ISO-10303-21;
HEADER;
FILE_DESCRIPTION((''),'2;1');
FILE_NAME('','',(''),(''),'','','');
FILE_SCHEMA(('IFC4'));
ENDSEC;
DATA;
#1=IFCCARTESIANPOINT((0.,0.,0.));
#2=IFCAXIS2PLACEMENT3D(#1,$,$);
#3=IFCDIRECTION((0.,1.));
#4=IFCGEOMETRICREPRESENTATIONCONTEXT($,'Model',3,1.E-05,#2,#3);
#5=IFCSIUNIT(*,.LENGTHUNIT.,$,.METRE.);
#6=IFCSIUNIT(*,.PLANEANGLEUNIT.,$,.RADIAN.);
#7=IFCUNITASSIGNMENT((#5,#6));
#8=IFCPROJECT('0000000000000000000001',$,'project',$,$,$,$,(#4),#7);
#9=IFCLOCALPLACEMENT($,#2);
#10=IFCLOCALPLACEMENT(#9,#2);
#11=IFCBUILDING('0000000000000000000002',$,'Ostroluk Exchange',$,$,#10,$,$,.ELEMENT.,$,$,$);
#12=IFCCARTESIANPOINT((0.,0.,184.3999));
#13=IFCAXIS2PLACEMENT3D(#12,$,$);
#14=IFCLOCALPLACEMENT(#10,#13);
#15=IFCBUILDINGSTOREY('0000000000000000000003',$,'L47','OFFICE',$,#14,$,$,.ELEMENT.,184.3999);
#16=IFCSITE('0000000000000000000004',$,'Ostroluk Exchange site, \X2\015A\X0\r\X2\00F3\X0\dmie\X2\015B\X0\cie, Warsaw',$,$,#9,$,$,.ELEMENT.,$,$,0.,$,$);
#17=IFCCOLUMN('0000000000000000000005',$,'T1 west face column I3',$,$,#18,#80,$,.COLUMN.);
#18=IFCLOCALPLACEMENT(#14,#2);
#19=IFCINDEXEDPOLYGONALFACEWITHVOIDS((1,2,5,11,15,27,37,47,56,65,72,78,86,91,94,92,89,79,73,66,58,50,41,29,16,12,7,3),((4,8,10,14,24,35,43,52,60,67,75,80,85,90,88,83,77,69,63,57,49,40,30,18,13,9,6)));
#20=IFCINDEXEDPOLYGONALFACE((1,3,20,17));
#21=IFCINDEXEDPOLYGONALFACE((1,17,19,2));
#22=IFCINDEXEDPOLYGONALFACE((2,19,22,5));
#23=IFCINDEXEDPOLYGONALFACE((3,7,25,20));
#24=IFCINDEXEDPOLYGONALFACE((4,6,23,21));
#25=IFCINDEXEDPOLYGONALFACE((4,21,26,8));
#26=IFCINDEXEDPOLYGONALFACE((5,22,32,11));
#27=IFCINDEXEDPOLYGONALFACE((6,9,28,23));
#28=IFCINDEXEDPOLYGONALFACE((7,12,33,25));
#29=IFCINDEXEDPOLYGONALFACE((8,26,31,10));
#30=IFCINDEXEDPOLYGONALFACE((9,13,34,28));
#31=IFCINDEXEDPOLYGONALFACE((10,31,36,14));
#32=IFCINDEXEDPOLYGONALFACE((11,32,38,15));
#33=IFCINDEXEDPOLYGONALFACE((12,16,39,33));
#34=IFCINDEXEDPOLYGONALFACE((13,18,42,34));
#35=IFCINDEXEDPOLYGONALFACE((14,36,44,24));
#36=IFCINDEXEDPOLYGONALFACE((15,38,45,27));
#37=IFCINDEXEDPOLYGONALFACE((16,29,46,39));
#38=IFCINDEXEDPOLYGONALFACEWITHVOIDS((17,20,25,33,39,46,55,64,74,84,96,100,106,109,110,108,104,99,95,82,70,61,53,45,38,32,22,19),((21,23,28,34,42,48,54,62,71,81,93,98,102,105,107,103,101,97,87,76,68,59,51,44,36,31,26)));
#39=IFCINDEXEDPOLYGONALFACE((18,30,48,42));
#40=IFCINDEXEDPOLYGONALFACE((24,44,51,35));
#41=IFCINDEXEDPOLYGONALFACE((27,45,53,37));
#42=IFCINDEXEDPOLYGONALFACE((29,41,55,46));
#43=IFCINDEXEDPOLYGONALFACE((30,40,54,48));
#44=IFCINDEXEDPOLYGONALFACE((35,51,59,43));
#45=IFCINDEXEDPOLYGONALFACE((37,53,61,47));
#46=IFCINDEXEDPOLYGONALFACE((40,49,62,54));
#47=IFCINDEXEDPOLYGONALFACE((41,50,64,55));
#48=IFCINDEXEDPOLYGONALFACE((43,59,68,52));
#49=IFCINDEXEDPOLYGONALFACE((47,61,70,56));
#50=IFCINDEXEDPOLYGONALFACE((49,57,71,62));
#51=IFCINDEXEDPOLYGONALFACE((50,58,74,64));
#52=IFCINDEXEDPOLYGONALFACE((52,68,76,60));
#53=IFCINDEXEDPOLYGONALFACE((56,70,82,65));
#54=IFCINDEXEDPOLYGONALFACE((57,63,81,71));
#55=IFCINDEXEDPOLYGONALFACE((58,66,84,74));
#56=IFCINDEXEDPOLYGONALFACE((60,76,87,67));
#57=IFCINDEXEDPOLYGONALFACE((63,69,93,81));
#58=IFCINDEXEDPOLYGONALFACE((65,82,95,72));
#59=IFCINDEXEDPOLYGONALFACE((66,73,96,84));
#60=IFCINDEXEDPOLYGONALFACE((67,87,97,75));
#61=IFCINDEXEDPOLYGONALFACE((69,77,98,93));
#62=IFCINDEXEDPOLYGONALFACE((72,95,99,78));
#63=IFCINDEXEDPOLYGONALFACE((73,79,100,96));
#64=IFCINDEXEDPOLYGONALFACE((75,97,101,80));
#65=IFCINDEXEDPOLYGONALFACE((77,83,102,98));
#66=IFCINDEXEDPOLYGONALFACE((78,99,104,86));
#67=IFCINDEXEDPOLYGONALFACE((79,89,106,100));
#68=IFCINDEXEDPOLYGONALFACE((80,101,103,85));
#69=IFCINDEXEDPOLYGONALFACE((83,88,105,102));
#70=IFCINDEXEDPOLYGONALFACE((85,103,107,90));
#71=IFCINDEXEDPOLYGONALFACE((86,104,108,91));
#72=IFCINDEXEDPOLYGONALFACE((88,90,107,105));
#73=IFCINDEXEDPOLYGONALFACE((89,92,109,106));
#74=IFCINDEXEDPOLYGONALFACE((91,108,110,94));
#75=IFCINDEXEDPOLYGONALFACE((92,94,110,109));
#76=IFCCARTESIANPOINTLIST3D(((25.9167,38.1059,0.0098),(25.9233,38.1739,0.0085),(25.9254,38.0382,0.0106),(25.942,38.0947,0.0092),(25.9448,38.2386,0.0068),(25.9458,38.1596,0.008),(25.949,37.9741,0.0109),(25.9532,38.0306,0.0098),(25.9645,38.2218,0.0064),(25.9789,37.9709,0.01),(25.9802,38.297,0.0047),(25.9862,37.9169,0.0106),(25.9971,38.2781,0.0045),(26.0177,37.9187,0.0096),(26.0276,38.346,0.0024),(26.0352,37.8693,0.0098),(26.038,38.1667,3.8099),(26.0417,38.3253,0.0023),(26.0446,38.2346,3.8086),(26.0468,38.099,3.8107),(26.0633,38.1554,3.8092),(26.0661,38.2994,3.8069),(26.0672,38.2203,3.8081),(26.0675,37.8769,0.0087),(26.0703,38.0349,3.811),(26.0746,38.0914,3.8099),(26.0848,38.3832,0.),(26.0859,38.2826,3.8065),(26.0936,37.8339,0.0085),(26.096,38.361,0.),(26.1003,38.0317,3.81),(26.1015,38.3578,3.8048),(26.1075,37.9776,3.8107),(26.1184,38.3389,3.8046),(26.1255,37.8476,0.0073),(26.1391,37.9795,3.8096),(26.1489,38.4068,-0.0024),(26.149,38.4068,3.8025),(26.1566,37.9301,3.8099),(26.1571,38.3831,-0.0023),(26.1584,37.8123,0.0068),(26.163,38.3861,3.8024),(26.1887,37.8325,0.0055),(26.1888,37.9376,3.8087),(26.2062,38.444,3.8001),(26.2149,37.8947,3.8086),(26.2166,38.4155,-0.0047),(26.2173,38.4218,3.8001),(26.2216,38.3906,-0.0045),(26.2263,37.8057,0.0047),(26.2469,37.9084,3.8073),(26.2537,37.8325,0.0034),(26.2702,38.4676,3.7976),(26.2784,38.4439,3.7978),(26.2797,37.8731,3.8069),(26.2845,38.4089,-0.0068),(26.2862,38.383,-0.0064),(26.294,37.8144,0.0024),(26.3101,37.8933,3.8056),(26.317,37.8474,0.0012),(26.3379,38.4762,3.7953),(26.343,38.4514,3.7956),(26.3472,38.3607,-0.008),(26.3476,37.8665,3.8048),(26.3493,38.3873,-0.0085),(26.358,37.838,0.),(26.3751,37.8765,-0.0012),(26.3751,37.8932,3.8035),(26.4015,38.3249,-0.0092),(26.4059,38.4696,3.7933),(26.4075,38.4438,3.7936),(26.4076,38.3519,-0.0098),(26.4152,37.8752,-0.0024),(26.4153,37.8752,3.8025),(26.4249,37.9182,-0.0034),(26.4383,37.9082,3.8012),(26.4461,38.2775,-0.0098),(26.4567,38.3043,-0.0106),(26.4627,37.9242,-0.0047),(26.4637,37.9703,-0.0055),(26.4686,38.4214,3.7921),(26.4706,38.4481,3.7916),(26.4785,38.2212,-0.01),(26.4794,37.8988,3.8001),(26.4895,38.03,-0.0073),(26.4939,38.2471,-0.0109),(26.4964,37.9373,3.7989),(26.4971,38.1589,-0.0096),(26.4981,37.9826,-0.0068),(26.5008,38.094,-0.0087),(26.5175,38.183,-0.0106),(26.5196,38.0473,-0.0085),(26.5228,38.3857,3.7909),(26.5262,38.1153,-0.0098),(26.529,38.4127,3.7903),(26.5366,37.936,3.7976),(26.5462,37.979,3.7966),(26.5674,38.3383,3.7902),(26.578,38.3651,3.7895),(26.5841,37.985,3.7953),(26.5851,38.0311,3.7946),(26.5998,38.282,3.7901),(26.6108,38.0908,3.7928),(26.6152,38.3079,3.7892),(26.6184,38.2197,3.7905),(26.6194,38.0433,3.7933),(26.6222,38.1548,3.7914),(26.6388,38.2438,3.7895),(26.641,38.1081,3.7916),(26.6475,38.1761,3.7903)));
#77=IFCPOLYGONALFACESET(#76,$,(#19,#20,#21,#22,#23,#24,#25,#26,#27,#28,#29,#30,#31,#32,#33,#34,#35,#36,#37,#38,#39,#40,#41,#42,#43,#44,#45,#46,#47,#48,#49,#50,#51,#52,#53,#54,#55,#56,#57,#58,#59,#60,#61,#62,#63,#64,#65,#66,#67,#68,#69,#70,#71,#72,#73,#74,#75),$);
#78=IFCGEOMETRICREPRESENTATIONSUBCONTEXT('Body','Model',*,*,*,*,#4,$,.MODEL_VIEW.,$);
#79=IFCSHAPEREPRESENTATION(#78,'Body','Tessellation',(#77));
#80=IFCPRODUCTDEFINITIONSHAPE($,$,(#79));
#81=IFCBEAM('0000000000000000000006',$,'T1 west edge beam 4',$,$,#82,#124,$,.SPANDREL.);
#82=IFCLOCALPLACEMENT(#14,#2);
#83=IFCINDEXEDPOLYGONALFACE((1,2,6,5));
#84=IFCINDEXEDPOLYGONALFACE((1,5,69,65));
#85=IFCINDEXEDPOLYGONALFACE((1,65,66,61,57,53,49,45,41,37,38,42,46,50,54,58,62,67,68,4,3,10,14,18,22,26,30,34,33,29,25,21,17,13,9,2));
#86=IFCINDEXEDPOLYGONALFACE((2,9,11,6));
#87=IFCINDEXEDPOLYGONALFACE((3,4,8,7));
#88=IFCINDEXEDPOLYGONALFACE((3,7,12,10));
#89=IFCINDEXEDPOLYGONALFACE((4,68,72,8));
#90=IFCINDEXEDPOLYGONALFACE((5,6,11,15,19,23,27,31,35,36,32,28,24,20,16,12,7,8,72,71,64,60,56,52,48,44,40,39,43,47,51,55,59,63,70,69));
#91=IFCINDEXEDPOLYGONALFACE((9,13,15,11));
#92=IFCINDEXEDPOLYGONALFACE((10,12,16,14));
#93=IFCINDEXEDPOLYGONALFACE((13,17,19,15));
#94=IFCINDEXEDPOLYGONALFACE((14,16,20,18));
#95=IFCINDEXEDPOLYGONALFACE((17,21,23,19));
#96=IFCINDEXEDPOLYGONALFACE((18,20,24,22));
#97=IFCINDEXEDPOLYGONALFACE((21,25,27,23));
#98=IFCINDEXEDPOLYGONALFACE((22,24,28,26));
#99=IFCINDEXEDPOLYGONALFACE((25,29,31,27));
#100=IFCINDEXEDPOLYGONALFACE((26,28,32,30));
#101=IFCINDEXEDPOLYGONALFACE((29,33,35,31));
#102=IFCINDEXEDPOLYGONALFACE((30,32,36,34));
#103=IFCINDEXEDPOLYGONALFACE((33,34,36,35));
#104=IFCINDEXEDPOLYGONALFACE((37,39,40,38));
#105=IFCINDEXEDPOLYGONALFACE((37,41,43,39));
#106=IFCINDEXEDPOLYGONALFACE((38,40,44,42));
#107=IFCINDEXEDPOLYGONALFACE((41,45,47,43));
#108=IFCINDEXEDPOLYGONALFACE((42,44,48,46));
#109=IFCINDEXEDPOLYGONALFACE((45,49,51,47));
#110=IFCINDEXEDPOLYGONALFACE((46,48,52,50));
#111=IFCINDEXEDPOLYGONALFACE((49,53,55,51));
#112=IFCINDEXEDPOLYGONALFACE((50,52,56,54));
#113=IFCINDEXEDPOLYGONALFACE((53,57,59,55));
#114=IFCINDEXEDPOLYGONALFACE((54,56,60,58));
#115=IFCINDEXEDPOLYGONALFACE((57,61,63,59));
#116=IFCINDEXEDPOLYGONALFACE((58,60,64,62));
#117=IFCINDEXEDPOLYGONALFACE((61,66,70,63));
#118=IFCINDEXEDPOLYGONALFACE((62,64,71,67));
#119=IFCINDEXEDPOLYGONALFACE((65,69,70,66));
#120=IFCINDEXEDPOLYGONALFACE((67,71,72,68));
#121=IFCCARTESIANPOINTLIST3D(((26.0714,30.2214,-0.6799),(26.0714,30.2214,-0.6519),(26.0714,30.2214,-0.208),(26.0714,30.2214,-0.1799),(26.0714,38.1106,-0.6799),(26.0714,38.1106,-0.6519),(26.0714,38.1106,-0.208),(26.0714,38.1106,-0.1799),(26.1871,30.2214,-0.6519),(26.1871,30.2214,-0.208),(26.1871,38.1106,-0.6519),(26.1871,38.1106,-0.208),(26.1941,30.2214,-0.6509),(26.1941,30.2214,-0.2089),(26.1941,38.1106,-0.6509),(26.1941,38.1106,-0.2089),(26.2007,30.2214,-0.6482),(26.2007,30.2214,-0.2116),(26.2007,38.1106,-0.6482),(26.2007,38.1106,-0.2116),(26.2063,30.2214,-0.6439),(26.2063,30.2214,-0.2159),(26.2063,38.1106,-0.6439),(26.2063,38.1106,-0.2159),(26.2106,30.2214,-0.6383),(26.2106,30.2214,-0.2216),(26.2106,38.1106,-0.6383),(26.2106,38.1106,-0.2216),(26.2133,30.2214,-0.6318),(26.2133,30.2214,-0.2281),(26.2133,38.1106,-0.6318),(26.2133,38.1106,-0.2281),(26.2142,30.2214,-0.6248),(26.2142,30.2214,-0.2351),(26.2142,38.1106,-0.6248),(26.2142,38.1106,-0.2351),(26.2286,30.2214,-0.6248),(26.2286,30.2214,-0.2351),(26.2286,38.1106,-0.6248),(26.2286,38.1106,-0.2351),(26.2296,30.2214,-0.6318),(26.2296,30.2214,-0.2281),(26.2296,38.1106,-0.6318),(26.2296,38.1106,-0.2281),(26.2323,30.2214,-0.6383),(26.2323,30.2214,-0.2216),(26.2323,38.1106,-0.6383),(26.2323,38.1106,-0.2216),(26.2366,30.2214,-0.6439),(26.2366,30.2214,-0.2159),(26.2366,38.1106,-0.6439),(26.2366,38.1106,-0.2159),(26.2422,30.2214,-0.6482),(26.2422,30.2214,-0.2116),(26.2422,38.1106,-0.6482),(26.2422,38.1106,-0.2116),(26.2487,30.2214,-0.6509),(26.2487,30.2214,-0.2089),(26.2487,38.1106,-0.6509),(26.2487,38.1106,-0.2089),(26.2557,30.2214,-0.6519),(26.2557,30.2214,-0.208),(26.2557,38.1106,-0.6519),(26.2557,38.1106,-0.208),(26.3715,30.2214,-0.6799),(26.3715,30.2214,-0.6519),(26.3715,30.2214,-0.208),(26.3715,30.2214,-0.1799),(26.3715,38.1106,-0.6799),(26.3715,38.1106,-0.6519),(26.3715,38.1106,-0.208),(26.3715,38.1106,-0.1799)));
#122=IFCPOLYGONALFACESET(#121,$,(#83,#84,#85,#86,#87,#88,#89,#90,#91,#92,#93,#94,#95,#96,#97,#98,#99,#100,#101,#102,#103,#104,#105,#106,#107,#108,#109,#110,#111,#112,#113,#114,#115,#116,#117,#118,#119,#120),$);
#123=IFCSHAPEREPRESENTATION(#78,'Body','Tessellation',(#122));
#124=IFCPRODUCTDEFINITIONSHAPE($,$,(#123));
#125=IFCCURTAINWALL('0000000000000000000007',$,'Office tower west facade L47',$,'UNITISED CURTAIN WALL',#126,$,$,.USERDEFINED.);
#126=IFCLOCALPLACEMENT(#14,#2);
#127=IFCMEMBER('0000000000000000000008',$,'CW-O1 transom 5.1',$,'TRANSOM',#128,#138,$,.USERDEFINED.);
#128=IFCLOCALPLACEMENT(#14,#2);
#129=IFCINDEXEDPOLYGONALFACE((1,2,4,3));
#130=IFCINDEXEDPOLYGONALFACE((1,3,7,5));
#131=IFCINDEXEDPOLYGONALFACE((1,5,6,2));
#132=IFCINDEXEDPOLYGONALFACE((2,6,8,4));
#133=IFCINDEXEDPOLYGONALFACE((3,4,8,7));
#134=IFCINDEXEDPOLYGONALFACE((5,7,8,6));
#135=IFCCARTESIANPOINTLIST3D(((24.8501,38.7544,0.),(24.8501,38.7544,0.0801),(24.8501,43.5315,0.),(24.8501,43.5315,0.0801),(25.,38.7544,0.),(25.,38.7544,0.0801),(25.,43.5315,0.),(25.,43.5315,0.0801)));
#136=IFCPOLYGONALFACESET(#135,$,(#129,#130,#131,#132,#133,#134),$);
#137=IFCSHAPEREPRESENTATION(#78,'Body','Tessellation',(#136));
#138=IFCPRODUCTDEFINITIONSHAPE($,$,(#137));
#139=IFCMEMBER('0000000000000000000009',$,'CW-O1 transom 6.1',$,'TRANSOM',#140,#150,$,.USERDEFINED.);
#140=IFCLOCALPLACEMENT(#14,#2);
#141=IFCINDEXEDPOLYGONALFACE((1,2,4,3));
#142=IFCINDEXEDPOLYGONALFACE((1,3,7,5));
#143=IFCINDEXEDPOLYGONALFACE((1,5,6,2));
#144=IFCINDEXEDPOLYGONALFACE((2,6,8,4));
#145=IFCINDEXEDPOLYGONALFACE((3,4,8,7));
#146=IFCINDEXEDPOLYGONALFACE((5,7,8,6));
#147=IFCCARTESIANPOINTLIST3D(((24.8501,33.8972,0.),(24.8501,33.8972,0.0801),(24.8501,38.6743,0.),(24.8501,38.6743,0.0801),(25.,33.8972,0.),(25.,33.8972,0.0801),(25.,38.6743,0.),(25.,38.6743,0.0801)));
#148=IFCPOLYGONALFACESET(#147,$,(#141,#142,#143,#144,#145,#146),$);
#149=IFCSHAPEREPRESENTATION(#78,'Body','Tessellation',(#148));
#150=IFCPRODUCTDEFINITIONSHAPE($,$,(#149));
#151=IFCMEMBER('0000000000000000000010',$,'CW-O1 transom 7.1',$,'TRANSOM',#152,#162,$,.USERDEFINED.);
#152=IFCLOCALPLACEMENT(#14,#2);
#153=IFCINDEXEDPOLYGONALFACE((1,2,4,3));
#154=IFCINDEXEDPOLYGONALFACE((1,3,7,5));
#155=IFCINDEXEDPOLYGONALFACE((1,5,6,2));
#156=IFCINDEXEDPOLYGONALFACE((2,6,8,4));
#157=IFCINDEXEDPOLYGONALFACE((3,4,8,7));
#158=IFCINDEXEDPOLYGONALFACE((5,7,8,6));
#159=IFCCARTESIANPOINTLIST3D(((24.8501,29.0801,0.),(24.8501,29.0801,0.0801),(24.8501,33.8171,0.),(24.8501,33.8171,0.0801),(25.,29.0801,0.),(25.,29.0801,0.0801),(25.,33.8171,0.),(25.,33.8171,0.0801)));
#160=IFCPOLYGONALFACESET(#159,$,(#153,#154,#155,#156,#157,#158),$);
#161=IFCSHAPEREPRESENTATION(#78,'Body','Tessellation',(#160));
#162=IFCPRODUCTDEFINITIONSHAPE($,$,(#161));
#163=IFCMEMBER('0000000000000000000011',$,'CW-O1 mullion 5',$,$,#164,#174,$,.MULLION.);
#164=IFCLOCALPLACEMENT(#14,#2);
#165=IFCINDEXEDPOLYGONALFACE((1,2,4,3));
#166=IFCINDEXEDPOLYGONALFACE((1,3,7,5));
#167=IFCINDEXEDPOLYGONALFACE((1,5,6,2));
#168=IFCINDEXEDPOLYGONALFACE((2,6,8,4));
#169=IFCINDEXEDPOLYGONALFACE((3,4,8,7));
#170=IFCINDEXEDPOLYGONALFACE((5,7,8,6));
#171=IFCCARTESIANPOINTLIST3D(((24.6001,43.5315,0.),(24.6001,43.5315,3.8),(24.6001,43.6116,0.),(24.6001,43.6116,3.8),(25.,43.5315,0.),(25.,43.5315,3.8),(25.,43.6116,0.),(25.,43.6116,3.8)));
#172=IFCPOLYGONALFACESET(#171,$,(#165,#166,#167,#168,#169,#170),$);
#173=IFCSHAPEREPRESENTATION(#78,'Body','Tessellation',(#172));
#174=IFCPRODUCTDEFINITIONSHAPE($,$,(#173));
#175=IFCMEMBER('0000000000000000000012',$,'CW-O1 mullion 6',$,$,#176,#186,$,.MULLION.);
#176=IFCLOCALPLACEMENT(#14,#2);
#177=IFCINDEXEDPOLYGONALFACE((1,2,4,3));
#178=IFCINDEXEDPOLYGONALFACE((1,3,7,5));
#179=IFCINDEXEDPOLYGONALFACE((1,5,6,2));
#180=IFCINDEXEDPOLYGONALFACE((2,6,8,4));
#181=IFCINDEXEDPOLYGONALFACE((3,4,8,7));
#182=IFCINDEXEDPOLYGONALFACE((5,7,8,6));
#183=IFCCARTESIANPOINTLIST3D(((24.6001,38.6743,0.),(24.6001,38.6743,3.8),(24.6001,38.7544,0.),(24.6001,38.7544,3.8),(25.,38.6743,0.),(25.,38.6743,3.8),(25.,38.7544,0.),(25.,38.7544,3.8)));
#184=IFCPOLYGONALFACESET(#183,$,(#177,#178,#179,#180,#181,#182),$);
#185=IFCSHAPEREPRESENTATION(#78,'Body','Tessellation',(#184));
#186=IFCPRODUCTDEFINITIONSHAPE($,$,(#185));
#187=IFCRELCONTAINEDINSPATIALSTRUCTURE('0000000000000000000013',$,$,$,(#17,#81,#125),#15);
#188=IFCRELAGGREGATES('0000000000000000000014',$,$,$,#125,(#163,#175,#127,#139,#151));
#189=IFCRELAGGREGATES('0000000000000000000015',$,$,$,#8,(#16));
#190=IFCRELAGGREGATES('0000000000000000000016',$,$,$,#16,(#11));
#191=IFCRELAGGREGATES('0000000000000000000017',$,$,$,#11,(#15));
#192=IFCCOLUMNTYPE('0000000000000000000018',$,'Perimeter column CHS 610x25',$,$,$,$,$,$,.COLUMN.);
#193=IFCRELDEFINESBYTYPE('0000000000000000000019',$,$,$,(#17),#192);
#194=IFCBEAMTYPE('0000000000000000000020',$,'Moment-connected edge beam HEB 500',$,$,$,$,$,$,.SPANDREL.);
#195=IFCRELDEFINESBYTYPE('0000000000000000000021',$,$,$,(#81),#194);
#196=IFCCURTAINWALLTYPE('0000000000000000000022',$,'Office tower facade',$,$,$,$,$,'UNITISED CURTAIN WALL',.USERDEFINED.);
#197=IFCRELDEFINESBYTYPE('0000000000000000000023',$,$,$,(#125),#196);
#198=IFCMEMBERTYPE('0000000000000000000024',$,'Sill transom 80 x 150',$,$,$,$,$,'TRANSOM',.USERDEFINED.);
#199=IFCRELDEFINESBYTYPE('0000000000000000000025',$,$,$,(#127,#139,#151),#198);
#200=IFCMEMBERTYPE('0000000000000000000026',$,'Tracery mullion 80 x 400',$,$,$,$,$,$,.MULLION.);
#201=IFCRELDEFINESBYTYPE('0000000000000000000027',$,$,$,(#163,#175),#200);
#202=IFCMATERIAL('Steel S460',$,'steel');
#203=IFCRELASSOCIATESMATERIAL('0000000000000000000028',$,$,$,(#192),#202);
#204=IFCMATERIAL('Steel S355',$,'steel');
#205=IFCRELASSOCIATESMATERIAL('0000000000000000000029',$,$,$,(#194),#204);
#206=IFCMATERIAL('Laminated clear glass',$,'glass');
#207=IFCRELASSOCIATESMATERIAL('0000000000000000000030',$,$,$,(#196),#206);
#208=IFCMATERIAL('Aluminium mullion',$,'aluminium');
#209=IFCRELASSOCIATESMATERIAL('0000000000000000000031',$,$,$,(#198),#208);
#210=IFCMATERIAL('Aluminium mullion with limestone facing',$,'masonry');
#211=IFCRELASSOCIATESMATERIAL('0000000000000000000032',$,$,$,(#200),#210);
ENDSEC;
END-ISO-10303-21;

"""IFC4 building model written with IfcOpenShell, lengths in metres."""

from ifc_helpers import new_model, si_unit, direction, frame, origin, origin_2d, place, context, subcontext, project, spatial, rectangle, hollow_circle, i_section, extrude, material, material_profile, profile_set, type_object, element, aggregate, save


model = new_model("IFC4")

# Units and contexts
model_context = context("Model", 3, precision=1e-05, world=origin(), true_north=direction((0.0, 1.0)))
body_context = subcontext(model_context, "Body", "Model", "MODEL_VIEW")
ifc_project = project(units=[si_unit("LENGTHUNIT", "METRE"), si_unit("PLANEANGLEUNIT", "RADIAN")], contexts=[model_context])

# Site, building, storey
site_placement = place(None, origin())
site = spatial("IfcSite", under=ifc_project, at=site_placement, Name="Ostroluk Exchange site, Śródmieście, Warsaw", CompositionType="ELEMENT", RefElevation=0.0)
building_placement = place(site_placement, origin())
building = spatial("IfcBuilding", under=site, at=building_placement, Name="Ostroluk Exchange", CompositionType="ELEMENT")
storey_placement = place(building_placement, frame((0.0, 0.0, 184.3999)))
storey = spatial("IfcBuildingStorey", under=building, at=storey_placement, Name="L47", Description="OFFICE", CompositionType="ELEMENT", Elevation=184.3999)

# Column
ifc_material_1 = material(Name="Steel S460", Category="steel")
ifc_material_profile_1 = material_profile(ifc_material_1, hollow_circle(Radius=0.3049, WallThickness=0.0249, at=origin_2d()), Name="CHS 610x25")
ifc_profile_set_1 = profile_set([ifc_material_profile_1], Name="Steel S460")
column_type = type_object("IfcColumnType", Name="Perimeter column CHS 610x25", PredefinedType="COLUMN", material=ifc_profile_set_1)
column_placement = place(storey_placement, frame((26.2214, 38.1106, 0.0), z_axis=(0.03191, 0.015987, 0.999363), x_axis=(-0.447933, 0.894067, 0.0)))
element("IfcColumn", 1, at=column_placement, inside=storey, type_object=column_type, Name="T1 west face column I3", PredefinedType="COLUMN", context=body_context, shape_type="SweptSolid", body=[
    extrude(hollow_circle(Radius=0.3049, WallThickness=0.0249, at=origin_2d()), origin(), (0.0, 0.0, 1.0), 3.8025),
])

# Beam
ifc_material_2 = material(Name="Steel S355", Category="steel")
ifc_material_profile_2 = material_profile(ifc_material_2, i_section(OverallWidth=0.3, OverallDepth=0.5, WebThickness=0.0144, FlangeThickness=0.0281, FilletRadius=0.0271, at=origin_2d()), Name="HEB 500")
ifc_profile_set_2 = profile_set([ifc_material_profile_2], Name="Steel S355")
beam_type = type_object("IfcBeamType", Name="Moment-connected edge beam HEB 500", PredefinedType="SPANDREL", material=ifc_profile_set_2)
beam_placement = place(storey_placement, frame((26.2214, 38.1106, -0.4299), z_axis=(0.0, -1.0, 0.0), x_axis=(1.0, 0.0, 0.0)))
element("IfcBeam", 2, at=beam_placement, inside=storey, type_object=beam_type, Name="T1 west edge beam 4", PredefinedType="SPANDREL", context=body_context, shape_type="SweptSolid", body=[
    extrude(i_section(OverallWidth=0.3, OverallDepth=0.5, WebThickness=0.0144, FlangeThickness=0.0281, FilletRadius=0.0271, at=origin_2d()), origin(), (0.0, 0.0, 1.0), 7.8892),
])

# Curtain wall, members
ifc_material_3 = material(Name="Laminated clear glass", Category="glass")
curtain_wall_type = type_object("IfcCurtainWallType", Name="Office tower facade", ElementType="UNITISED CURTAIN WALL", PredefinedType="USERDEFINED", material=ifc_material_3)
curtain_wall_placement = place(storey_placement, origin())
curtain_wall = element("IfcCurtainWall", 3, at=curtain_wall_placement, inside=storey, type_object=curtain_wall_type, Name="Office tower west facade L47", ObjectType="UNITISED CURTAIN WALL", PredefinedType="USERDEFINED")
ifc_material_4 = material(Name="Aluminium mullion", Category="aluminium")
ifc_material_profile_3 = material_profile(ifc_material_4, rectangle(XDim=0.1499, YDim=0.0801, at=origin_2d()), Name="Sill transom 80 x 150")
ifc_profile_set_3 = profile_set([ifc_material_profile_3], Name="Aluminium mullion")
member_type_1 = type_object("IfcMemberType", Name="Sill transom 80 x 150", ElementType="TRANSOM", PredefinedType="USERDEFINED", material=ifc_profile_set_3)
member_1_placement = place(storey_placement, frame((24.925, 43.5315, 0.04), z_axis=(0.0, -1.0, 0.0), x_axis=(1.0, 0.0, 0.0)))
member_1 = element("IfcMember", 4, at=member_1_placement, type_object=member_type_1, Name="CW-O1 transom 5.1", ObjectType="TRANSOM", PredefinedType="USERDEFINED", context=body_context, shape_type="SweptSolid", body=[
    extrude(rectangle(XDim=0.1499, YDim=0.0801, at=origin_2d()), origin(), (0.0, 0.0, 1.0), 4.7771),
])
member_2_placement = place(storey_placement, frame((24.925, 38.6743, 0.04), z_axis=(0.0, -1.0, 0.0), x_axis=(1.0, 0.0, 0.0)))
member_2 = element("IfcMember", 5, at=member_2_placement, type_object=member_type_1, Name="CW-O1 transom 6.1", ObjectType="TRANSOM", PredefinedType="USERDEFINED", context=body_context, shape_type="SweptSolid", body=[
    extrude(rectangle(XDim=0.1499, YDim=0.0801, at=origin_2d()), origin(), (0.0, 0.0, 1.0), 4.7771),
])
member_3_placement = place(storey_placement, frame((24.925, 33.8171, 0.04), z_axis=(0.0, -1.0, 0.0), x_axis=(1.0, 0.0, 0.0)))
member_3 = element("IfcMember", 6, at=member_3_placement, type_object=member_type_1, Name="CW-O1 transom 7.1", ObjectType="TRANSOM", PredefinedType="USERDEFINED", context=body_context, shape_type="SweptSolid", body=[
    extrude(rectangle(XDim=0.1499, YDim=0.0801, at=origin_2d()), origin(), (0.0, 0.0, 1.0), 4.7371),
])
ifc_material_5 = material(Name="Aluminium mullion with limestone facing", Category="masonry")
ifc_material_profile_4 = material_profile(ifc_material_5, rectangle(XDim=0.3999, YDim=0.0801, at=origin_2d()), Name="Tracery mullion 80 x 400")
ifc_profile_set_4 = profile_set([ifc_material_profile_4], Name="Aluminium mullion with limestone facing")
member_type_2 = type_object("IfcMemberType", Name="Tracery mullion 80 x 400", PredefinedType="MULLION", material=ifc_profile_set_4)
member_4_placement = place(storey_placement, frame((24.8, 43.5715, 0.0), z_axis=(0.0, 0.0, 1.0), x_axis=(1.0, 0.0, 0.0)))
member_4 = element("IfcMember", 7, at=member_4_placement, type_object=member_type_2, Name="CW-O1 mullion 5", PredefinedType="MULLION", context=body_context, shape_type="SweptSolid", body=[
    extrude(rectangle(XDim=0.3999, YDim=0.0801, at=origin_2d()), origin(), (0.0, 0.0, 1.0), 3.8),
])
member_5_placement = place(storey_placement, frame((24.8, 38.7144, 0.0), z_axis=(0.0, 0.0, 1.0), x_axis=(1.0, 0.0, 0.0)))
member_5 = element("IfcMember", 8, at=member_5_placement, type_object=member_type_2, Name="CW-O1 mullion 6", PredefinedType="MULLION", context=body_context, shape_type="SweptSolid", body=[
    extrude(rectangle(XDim=0.3999, YDim=0.0801, at=origin_2d()), origin(), (0.0, 0.0, 1.0), 3.8),
])
aggregate(curtain_wall, [member_4, member_5, member_1, member_2, member_3])

save(model, "model.ifc")
